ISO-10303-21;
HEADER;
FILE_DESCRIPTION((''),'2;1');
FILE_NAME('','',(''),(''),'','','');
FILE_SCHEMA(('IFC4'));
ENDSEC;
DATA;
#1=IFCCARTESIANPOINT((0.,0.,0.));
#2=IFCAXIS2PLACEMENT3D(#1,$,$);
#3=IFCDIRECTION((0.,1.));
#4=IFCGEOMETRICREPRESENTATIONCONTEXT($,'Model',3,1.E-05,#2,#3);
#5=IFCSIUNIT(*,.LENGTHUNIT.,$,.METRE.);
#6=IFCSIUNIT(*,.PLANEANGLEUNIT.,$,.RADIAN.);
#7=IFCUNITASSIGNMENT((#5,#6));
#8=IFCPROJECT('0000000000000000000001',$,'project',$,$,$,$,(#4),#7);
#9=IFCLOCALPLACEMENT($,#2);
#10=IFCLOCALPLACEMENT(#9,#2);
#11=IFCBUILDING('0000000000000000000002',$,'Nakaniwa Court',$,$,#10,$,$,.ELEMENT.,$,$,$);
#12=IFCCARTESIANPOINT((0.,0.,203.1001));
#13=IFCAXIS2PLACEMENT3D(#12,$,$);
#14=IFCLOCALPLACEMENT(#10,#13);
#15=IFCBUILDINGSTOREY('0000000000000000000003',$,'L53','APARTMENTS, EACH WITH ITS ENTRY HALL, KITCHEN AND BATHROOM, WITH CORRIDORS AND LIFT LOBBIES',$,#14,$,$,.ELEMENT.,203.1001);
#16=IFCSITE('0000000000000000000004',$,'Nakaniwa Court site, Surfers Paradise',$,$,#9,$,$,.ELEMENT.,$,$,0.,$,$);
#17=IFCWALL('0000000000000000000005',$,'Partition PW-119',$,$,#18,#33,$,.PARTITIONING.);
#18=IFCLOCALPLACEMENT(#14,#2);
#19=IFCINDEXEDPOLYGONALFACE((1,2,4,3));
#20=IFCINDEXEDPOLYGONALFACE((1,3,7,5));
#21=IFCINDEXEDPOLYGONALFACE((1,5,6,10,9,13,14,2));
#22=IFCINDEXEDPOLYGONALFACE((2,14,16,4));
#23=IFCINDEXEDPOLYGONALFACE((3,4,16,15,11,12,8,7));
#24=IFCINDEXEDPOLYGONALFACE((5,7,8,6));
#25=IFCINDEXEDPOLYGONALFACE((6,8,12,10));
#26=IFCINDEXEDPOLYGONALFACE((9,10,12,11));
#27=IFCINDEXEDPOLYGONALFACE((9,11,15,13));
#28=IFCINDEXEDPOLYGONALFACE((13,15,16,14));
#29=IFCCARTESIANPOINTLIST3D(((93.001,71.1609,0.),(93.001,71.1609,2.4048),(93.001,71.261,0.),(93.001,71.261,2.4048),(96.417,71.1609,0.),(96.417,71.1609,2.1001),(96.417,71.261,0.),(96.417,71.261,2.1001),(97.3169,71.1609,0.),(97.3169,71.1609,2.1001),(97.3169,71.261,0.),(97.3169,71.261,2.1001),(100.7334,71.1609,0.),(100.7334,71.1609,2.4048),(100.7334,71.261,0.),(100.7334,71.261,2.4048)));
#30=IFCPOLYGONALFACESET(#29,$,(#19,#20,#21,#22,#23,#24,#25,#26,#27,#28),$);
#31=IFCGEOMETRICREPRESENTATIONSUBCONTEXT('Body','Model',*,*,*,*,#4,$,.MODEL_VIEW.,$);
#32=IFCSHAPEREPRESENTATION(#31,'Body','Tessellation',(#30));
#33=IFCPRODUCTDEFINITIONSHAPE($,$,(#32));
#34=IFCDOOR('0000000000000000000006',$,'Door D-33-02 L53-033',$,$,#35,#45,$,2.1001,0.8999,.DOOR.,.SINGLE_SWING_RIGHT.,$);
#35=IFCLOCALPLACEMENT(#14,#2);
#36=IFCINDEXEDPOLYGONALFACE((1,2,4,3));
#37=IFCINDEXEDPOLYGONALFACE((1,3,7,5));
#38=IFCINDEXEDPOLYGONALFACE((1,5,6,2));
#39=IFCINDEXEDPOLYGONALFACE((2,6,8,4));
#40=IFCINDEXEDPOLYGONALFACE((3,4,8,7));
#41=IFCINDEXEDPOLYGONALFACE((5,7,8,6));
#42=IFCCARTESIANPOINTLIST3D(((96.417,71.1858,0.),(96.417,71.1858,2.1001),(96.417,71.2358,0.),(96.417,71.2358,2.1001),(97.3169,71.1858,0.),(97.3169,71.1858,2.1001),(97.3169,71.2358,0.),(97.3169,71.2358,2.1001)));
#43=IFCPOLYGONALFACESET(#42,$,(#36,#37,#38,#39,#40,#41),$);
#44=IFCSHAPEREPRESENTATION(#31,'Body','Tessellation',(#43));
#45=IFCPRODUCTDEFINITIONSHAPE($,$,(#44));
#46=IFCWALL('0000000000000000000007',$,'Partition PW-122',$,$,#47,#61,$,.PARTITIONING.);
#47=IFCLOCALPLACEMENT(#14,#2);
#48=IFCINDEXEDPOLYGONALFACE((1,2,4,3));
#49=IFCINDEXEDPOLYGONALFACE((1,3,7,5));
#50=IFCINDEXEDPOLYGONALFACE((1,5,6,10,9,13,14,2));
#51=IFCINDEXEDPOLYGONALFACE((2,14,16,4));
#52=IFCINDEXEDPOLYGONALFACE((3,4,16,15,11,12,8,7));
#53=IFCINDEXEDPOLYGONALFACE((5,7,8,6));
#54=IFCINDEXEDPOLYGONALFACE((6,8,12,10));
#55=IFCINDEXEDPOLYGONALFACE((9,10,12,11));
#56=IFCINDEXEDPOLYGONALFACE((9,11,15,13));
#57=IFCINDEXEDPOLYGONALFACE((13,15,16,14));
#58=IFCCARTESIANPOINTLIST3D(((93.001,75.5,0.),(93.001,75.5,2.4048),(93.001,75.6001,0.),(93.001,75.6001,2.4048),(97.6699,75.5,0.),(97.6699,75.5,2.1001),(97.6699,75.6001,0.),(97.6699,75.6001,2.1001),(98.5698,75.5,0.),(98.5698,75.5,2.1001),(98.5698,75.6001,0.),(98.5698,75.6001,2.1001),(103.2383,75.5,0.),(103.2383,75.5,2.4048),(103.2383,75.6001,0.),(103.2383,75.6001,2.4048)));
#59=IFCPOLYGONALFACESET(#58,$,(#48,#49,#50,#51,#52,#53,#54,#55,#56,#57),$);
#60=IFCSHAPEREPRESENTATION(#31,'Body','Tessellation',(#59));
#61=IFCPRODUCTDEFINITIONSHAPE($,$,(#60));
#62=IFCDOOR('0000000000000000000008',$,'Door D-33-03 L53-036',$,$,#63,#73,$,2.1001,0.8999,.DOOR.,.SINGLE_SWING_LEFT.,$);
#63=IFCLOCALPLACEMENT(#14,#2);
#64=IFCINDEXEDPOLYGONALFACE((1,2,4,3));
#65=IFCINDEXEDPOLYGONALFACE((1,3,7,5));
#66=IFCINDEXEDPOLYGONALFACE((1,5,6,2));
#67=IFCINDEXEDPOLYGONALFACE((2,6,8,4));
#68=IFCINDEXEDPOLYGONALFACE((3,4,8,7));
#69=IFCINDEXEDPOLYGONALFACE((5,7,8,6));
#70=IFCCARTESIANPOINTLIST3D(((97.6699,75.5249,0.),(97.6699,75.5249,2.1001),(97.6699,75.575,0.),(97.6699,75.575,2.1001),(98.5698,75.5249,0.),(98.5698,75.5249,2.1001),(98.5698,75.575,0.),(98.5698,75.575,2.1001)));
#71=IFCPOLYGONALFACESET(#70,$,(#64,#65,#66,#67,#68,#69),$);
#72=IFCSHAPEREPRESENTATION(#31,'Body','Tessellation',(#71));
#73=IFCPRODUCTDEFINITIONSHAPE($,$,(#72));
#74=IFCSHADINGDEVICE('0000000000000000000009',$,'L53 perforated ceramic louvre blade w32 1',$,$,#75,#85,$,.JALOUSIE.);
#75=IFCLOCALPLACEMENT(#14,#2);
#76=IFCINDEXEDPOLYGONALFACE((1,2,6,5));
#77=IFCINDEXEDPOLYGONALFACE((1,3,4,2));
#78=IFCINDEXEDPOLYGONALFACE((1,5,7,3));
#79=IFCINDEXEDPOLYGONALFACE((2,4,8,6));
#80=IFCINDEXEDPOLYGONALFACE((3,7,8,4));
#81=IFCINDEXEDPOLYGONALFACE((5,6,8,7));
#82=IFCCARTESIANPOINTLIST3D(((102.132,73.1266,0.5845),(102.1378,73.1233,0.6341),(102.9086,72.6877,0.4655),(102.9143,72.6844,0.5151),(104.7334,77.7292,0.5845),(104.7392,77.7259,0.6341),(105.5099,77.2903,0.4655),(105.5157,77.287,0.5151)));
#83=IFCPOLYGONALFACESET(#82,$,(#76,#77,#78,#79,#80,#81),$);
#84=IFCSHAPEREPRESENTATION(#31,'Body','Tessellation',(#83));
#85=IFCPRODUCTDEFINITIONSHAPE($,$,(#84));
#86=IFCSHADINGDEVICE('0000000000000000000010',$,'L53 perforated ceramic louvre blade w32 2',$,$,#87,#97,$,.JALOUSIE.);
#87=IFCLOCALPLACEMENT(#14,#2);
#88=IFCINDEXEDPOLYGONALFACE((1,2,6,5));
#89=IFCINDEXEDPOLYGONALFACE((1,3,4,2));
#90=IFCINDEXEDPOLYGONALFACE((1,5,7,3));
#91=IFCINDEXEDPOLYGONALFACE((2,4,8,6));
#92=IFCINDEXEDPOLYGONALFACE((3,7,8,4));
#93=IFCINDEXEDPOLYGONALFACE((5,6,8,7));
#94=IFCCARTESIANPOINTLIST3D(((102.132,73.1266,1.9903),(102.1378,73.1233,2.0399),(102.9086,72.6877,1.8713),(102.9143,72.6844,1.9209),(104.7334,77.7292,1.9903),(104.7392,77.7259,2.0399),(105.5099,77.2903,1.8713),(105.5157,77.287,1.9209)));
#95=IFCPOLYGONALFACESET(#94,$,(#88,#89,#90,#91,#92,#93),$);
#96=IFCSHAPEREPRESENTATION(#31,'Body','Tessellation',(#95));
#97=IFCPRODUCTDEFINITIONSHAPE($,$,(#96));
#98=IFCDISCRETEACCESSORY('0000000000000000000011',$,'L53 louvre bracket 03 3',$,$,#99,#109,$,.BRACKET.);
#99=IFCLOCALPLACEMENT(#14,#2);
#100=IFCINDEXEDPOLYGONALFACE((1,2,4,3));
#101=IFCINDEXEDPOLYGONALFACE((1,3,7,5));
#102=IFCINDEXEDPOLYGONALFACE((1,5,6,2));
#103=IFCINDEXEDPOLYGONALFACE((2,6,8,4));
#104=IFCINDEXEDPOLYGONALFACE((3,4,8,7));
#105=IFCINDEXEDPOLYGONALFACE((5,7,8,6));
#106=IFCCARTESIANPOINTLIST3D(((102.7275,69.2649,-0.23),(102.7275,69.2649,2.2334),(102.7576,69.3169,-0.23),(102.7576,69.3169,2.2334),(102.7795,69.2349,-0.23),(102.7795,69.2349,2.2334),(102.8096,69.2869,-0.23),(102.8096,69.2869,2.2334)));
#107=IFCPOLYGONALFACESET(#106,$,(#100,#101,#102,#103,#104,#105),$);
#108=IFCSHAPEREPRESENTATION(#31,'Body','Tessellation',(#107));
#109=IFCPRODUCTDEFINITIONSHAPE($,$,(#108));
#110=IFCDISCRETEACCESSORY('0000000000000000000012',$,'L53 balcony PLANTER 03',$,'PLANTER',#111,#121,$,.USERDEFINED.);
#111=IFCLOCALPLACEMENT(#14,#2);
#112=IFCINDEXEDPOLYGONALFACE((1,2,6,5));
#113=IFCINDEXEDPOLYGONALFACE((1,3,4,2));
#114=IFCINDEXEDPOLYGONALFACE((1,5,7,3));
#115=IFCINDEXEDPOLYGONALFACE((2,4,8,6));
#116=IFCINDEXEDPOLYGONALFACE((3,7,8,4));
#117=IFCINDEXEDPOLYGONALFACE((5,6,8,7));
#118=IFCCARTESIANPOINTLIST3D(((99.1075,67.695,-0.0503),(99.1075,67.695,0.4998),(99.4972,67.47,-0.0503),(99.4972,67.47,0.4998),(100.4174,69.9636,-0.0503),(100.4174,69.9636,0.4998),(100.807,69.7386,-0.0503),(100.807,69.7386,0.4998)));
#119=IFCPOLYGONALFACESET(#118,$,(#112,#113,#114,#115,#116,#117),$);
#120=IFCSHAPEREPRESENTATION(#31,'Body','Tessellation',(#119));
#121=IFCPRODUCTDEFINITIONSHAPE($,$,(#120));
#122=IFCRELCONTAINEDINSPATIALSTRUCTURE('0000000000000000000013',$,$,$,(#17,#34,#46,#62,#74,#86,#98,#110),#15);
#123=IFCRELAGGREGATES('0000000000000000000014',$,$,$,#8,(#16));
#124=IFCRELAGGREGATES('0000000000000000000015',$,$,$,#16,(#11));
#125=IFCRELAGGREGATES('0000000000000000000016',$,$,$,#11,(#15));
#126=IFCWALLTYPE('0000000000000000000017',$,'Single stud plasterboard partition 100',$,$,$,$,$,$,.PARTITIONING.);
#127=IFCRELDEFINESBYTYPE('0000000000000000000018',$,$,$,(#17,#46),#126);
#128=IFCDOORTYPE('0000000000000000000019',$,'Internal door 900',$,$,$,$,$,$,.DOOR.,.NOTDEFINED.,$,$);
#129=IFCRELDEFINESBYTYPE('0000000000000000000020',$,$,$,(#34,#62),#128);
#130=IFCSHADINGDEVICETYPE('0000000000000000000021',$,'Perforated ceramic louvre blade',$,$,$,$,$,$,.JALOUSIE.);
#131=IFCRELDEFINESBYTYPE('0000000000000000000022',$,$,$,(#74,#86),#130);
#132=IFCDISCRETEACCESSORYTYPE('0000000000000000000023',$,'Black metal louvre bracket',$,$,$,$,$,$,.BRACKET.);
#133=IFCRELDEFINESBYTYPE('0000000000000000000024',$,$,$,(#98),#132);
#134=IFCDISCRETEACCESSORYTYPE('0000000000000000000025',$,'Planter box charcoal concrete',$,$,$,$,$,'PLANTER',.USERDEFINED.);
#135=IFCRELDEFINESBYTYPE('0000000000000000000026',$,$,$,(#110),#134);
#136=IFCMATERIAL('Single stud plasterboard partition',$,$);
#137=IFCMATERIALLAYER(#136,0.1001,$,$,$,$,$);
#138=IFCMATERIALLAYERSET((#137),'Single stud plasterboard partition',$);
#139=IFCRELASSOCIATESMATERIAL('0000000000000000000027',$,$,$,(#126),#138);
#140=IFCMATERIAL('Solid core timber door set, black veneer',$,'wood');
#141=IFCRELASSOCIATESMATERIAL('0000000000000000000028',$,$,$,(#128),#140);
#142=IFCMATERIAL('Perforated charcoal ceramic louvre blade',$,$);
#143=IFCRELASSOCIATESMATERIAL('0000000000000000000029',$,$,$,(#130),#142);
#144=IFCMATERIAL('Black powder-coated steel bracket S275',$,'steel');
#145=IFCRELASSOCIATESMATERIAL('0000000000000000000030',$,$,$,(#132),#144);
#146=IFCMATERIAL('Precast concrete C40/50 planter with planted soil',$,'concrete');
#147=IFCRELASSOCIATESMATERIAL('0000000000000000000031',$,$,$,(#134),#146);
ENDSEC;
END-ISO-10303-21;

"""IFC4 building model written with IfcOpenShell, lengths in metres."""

from ifc_helpers import new_model, si_unit, direction, frame, frame_2d, origin, origin_2d, place, context, subcontext, project, spatial, rectangle, extrude, material, layer, layer_set, material_profile, profile_set, type_object, element, fill, save


model = new_model("IFC4")

# Units and contexts
model_context = context("Model", 3, precision=1e-05, world=origin(), true_north=direction((0.0, 1.0)))
body_context = subcontext(model_context, "Body", "Model", "MODEL_VIEW")
ifc_project = project(units=[si_unit("LENGTHUNIT", "METRE"), si_unit("PLANEANGLEUNIT", "RADIAN")], contexts=[model_context])

# Site, building, storey
site_placement = place(None, origin())
site = spatial("IfcSite", under=ifc_project, at=site_placement, Name="Nakaniwa Court site, Surfers Paradise", CompositionType="ELEMENT", RefElevation=0.0)
building_placement = place(site_placement, origin())
building = spatial("IfcBuilding", under=site, at=building_placement, Name="Nakaniwa Court", CompositionType="ELEMENT")
storey_placement = place(building_placement, frame((0.0, 0.0, 203.1001)))
storey = spatial("IfcBuildingStorey", under=building, at=storey_placement, Name="L53", Description="APARTMENTS, EACH WITH ITS ENTRY HALL, KITCHEN AND BATHROOM, WITH CORRIDORS AND LIFT LOBBIES", CompositionType="ELEMENT", Elevation=203.1001)

# Walls, openings, doors
ifc_material_1 = material(Name="Single stud plasterboard partition")
ifc_layer_1 = layer(ifc_material_1, 0.1001)
ifc_layer_set_1 = layer_set([ifc_layer_1], Name="Single stud plasterboard partition")
wall_type_1 = type_object("IfcWallType", Name="Single stud plasterboard partition 100", PredefinedType="PARTITIONING", material=ifc_layer_set_1)
wall_1_placement = place(storey_placement, frame((93.001, 71.2109, 0.0), z_axis=(0.0, 0.0, 1.0), x_axis=(1.0, 0.0, 0.0)))
wall_1 = element("IfcWall", 1, at=wall_1_placement, inside=storey, type_object=wall_type_1, Name="Partition PW-119", PredefinedType="PARTITIONING", context=body_context, shape_type="SweptSolid", body=[
    extrude(rectangle(XDim=7.7324, YDim=0.1001, at=frame_2d((3.8662, 0.0))), origin(), (0.0, 0.0, 1.0), 2.4048),
])
opening_1_placement = place(wall_1_placement, frame((3.416, 0.0, 0.0)))
opening_1 = element("IfcOpeningElement", 2, at=opening_1_placement, cuts=wall_1, PredefinedType="OPENING", context=body_context, shape_type="SweptSolid", body=[
    extrude(rectangle(XDim=0.8999, YDim=2.1001, at=frame_2d((0.45, 1.05))), frame((0.0, 0.0601, 0.0), z_axis=(0.0, -1.0, 0.0), x_axis=(1.0, 0.0, 0.0)), (0.0, 0.0, 1.0), 0.1201),
])
ifc_material_2 = material(Name="Solid core timber door set, black veneer", Category="wood")
door_type = type_object("IfcDoorType", Name="Internal door 900", OperationType="NOTDEFINED", PredefinedType="DOOR", material=ifc_material_2)
door_1_placement = place(opening_1_placement, origin())
door_1 = element("IfcDoor", 3, at=door_1_placement, inside=storey, type_object=door_type, Name="Door D-33-02 L53-033", OperationType="SINGLE_SWING_RIGHT", OverallHeight=2.1001, OverallWidth=0.8999, PredefinedType="DOOR", context=body_context, shape_type="SweptSolid", body=[
    extrude(rectangle(XDim=0.8999, YDim=2.1001, at=frame_2d((0.45, 1.05))), frame((0.0, 0.0249, 0.0), z_axis=(0.0, -1.0, 0.0), x_axis=(1.0, 0.0, 0.0)), (0.0, 0.0, 1.0), 0.05),
])
fill(opening_1, door_1)
wall_2_placement = place(storey_placement, frame((93.001, 75.55, 0.0), z_axis=(0.0, 0.0, 1.0), x_axis=(1.0, 0.0, 0.0)))
wall_2 = element("IfcWall", 4, at=wall_2_placement, inside=storey, type_object=wall_type_1, Name="Partition PW-122", PredefinedType="PARTITIONING", context=body_context, shape_type="SweptSolid", body=[
    extrude(rectangle(XDim=10.2373, YDim=0.1001, at=frame_2d((5.1187, 0.0))), origin(), (0.0, 0.0, 1.0), 2.4048),
])
opening_2_placement = place(wall_2_placement, frame((4.6689, 0.0, 0.0)))
opening_2 = element("IfcOpeningElement", 5, at=opening_2_placement, cuts=wall_2, PredefinedType="OPENING", context=body_context, shape_type="SweptSolid", body=[
    extrude(rectangle(XDim=0.8999, YDim=2.1001, at=frame_2d((0.45, 1.05))), frame((0.0, 0.0601, 0.0), z_axis=(0.0, -1.0, 0.0), x_axis=(1.0, 0.0, 0.0)), (0.0, 0.0, 1.0), 0.1201),
])
door_2_placement = place(opening_2_placement, origin())
door_2 = element("IfcDoor", 6, at=door_2_placement, inside=storey, type_object=door_type, Name="Door D-33-03 L53-036", OperationType="SINGLE_SWING_LEFT", OverallHeight=2.1001, OverallWidth=0.8999, PredefinedType="DOOR", context=body_context, shape_type="SweptSolid", body=[
    extrude(rectangle(XDim=0.8999, YDim=2.1001, at=frame_2d((0.45, 1.05))), frame((0.0, 0.0249, 0.0), z_axis=(0.0, -1.0, 0.0), x_axis=(1.0, 0.0, 0.0)), (0.0, 0.0, 1.0), 0.05),
])
fill(opening_2, door_2)

# Shading devices
ifc_material_3 = material(Name="Perforated charcoal ceramic louvre blade")
ifc_material_profile_1 = material_profile(ifc_material_3, rectangle(XDim=0.8999, YDim=0.05, at=origin_2d()), Name="Perforated ceramic louvre blade")
ifc_profile_set_1 = profile_set([ifc_material_profile_1], Name="Perforated charcoal ceramic louvre blade")
shading_device_type = type_object("IfcShadingDeviceType", Name="Perforated ceramic louvre blade", PredefinedType="JALOUSIE", material=ifc_profile_set_1)
for number, where, z_axis, x_axis, name in (
    (7, (102.5232, 72.9055, 0.5498), (0.492041, 0.870572, 0.0), (-0.862925, 0.487718, 0.132256), "L53 perforated ceramic louvre blade w32 1"),
    (8, (102.5232, 72.9055, 1.9556), (0.492041, 0.870572, 0.0), (-0.862925, 0.487718, 0.132256), "L53 perforated ceramic louvre blade w32 2"),
):
    element("IfcShadingDevice", number, at=place(storey_placement, frame(where, z_axis=z_axis, x_axis=x_axis)), inside=storey, type_object=shading_device_type, Name=name, PredefinedType="JALOUSIE", context=body_context, shape_type="SweptSolid", body=[
        extrude(rectangle(XDim=0.8999, YDim=0.05, at=origin_2d()), origin(), (0.0, 0.0, 1.0), 5.2869),
    ])

# Discrete accessories
ifc_material_4 = material(Name="Black powder-coated steel bracket S275", Category="steel")
discrete_accessory_type_1 = type_object("IfcDiscreteAccessoryType", Name="Black metal louvre bracket", PredefinedType="BRACKET", material=ifc_material_4)
discrete_accessory_1_placement = place(storey_placement, frame((102.7686, 69.2759, -0.23), z_axis=(0.0, 0.0, 1.0), x_axis=(0.500017, 0.866016, 0.0)))
element("IfcDiscreteAccessory", 9, at=discrete_accessory_1_placement, inside=storey, type_object=discrete_accessory_type_1, Name="L53 louvre bracket 03 3", PredefinedType="BRACKET", context=body_context, shape_type="SweptSolid", body=[
    extrude(rectangle(XDim=0.0601, YDim=0.0601, at=origin_2d()), origin(), (0.0, 0.0, 1.0), 2.4634),
])
ifc_material_5 = material(Name="Precast concrete C40/50 planter with planted soil", Category="concrete")
discrete_accessory_type_2 = type_object("IfcDiscreteAccessoryType", Name="Planter box charcoal concrete", ElementType="PLANTER", PredefinedType="USERDEFINED", material=ifc_material_5)
discrete_accessory_2_placement = place(storey_placement, frame((99.9573, 68.7168, -0.0503), z_axis=(0.0, 0.0, 1.0), x_axis=(0.500017, 0.866016, 0.0)))
element("IfcDiscreteAccessory", 10, at=discrete_accessory_2_placement, inside=storey, type_object=discrete_accessory_type_2, Name="L53 balcony PLANTER 03", ObjectType="PLANTER", PredefinedType="USERDEFINED", context=body_context, shape_type="SweptSolid", body=[
    extrude(rectangle(XDim=2.6196, YDim=0.45, at=origin_2d()), origin(), (0.0, 0.0, 1.0), 0.55),
])

save(model, "model.ifc")
